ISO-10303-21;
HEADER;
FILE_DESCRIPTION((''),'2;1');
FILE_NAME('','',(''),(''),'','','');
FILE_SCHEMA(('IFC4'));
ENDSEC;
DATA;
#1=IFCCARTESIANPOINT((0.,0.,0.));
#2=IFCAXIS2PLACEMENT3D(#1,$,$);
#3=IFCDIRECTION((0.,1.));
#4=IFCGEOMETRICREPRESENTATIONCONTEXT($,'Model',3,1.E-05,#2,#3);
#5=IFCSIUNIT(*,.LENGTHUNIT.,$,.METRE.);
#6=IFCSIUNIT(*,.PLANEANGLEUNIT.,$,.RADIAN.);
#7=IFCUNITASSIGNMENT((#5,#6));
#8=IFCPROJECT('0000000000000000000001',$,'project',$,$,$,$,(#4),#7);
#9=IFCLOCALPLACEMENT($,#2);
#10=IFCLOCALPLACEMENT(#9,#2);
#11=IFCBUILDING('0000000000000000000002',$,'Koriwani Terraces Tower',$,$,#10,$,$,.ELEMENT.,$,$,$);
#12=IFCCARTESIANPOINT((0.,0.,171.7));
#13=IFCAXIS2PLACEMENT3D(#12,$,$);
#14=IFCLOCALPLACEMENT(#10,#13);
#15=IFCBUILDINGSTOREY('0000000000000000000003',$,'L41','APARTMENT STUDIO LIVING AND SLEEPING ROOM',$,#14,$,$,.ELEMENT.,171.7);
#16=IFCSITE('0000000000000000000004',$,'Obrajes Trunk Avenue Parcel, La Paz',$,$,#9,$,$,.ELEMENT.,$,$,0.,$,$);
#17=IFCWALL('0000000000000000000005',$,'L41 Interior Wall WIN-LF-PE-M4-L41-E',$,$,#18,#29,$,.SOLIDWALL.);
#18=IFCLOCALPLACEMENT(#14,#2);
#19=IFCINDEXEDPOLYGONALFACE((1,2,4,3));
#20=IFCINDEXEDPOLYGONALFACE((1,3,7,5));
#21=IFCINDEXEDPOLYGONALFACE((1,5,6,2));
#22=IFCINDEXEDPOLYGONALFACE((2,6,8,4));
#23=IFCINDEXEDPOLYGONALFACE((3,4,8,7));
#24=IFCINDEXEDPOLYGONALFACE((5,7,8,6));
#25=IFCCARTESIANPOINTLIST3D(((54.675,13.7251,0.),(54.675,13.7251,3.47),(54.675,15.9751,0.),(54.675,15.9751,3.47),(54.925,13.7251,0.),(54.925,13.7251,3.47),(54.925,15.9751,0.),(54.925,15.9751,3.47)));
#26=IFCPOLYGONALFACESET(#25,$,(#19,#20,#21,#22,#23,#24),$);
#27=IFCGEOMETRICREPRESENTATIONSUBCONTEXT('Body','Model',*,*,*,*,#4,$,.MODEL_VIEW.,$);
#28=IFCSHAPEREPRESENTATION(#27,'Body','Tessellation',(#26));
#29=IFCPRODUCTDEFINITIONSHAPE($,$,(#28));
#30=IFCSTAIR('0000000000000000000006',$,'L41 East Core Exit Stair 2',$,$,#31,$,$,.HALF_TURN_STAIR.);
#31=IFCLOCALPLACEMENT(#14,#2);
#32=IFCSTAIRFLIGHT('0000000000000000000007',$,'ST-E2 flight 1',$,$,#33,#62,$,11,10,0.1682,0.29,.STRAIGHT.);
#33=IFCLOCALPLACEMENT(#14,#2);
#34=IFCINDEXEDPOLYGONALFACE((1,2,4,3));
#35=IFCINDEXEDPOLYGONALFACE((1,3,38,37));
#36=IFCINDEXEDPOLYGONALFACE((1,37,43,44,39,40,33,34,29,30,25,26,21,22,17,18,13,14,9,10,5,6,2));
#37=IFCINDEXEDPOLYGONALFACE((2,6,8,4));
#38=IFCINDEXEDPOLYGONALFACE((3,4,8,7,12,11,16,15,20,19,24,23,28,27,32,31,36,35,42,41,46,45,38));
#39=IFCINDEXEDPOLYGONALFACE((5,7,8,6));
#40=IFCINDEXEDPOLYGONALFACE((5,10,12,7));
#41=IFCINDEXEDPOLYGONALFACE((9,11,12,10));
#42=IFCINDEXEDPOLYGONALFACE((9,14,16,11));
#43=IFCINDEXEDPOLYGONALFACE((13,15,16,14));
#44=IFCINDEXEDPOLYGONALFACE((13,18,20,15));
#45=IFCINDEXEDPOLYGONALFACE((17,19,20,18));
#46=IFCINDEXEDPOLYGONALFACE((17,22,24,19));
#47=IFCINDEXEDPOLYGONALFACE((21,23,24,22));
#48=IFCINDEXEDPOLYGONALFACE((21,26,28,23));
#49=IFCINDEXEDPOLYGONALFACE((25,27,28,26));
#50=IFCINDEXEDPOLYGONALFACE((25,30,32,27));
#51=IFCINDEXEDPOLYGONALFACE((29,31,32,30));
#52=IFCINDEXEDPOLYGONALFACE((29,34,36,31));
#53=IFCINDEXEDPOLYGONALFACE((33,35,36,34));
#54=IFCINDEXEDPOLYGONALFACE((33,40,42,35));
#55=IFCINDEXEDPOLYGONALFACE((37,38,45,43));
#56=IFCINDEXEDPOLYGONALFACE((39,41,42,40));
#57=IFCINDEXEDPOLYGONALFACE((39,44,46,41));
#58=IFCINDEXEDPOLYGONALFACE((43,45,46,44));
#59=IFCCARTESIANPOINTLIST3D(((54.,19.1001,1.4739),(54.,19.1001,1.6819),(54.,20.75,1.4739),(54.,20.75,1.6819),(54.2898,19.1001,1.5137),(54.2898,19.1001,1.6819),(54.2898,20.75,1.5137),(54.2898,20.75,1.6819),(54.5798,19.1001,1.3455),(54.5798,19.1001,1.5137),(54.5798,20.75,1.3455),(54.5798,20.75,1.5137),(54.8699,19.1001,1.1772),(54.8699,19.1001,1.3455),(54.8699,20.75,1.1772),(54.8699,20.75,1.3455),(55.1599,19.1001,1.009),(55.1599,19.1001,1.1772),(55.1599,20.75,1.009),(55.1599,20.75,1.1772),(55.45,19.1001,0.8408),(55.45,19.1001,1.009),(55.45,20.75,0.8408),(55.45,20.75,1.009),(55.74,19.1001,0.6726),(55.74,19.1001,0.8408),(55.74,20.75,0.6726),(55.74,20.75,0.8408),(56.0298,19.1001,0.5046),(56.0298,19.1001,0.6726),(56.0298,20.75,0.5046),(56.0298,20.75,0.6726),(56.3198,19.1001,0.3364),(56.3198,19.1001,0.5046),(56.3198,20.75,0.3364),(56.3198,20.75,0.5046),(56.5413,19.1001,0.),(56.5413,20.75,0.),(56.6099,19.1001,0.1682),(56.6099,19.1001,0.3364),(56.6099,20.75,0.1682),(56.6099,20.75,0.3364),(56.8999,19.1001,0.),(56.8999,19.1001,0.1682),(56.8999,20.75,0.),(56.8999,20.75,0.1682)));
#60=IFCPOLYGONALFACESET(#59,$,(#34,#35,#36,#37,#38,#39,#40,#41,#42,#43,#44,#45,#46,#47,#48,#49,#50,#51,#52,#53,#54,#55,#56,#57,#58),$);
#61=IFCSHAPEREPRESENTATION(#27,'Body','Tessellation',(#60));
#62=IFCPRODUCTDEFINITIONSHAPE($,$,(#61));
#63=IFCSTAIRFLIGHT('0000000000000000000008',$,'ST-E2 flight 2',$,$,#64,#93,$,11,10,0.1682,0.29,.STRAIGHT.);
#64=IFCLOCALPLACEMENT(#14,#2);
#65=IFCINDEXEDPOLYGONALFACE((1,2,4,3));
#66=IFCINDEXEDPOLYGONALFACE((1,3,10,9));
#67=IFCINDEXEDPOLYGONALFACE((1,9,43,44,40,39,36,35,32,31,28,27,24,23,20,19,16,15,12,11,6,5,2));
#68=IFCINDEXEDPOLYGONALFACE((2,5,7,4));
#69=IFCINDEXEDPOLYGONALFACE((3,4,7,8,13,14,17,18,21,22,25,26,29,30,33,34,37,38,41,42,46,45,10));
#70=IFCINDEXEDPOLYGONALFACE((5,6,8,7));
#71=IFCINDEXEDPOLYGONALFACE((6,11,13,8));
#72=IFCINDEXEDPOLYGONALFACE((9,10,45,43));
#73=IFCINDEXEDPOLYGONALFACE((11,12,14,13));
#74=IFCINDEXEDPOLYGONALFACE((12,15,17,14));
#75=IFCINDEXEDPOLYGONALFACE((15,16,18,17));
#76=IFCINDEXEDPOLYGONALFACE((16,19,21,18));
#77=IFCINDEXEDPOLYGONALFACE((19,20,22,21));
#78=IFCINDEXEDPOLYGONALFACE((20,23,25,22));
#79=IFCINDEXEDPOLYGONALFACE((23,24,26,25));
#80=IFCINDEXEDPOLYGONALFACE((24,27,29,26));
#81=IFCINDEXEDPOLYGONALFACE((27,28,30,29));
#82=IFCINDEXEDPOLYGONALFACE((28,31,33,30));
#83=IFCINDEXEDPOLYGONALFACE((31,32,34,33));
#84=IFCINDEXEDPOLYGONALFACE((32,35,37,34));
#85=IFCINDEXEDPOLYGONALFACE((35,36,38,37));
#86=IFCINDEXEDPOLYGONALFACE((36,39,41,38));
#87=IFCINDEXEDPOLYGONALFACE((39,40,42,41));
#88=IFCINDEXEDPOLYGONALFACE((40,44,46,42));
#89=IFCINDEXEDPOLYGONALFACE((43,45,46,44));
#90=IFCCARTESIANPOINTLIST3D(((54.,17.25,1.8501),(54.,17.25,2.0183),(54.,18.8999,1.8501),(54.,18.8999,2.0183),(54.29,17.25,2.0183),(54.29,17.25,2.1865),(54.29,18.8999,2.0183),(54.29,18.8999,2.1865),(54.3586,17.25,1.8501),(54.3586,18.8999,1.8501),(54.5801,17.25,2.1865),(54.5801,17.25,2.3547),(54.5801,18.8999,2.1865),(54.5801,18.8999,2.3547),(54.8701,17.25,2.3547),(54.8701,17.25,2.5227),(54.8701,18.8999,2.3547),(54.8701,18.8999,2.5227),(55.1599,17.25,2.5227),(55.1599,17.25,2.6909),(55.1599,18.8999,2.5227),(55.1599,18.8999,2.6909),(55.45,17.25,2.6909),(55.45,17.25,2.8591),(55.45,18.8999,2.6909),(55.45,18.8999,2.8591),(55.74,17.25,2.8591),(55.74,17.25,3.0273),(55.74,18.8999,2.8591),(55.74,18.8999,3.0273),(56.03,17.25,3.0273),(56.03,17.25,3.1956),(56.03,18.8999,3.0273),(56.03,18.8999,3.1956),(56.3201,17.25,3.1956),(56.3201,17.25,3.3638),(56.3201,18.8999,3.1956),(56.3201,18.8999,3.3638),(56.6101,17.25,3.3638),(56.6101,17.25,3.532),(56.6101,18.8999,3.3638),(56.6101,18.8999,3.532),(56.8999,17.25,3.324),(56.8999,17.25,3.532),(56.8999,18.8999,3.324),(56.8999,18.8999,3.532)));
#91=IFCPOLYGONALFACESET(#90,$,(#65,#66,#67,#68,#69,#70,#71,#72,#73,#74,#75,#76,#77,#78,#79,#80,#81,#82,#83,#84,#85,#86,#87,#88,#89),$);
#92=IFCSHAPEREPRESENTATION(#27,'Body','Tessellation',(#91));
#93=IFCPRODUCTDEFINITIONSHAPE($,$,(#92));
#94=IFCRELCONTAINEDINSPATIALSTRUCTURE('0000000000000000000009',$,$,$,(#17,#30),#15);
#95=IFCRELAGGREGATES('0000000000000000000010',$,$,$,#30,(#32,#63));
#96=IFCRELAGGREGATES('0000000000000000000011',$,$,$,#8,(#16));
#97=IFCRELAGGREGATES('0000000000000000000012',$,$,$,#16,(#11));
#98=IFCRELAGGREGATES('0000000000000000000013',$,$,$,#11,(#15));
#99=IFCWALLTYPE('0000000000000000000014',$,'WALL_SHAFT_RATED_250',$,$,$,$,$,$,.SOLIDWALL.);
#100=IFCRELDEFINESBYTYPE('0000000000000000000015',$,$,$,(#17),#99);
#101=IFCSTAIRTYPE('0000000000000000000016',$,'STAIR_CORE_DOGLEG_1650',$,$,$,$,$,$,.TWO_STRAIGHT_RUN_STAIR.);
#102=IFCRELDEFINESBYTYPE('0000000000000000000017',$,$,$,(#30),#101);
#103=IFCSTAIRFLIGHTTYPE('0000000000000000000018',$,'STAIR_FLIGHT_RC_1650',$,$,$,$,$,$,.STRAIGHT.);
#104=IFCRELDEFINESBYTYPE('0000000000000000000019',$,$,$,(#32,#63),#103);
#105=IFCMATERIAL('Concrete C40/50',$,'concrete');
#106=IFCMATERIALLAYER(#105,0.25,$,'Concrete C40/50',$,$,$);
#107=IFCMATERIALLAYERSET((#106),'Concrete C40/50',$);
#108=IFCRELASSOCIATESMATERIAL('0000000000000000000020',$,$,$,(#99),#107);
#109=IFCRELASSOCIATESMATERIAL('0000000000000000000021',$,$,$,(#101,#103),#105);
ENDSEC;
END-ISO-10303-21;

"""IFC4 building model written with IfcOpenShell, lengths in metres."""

from ifc_helpers import new_model, si_unit, direction, frame, frame_2d, origin, place, context, subcontext, project, spatial, polyline, rectangle, outline, extrude, material, layer, layer_set, type_object, element, aggregate, save


model = new_model("IFC4")

# Units and contexts
model_context = context("Model", 3, precision=1e-05, world=origin(), true_north=direction((0.0, 1.0)))
body_context = subcontext(model_context, "Body", "Model", "MODEL_VIEW")
ifc_project = project(units=[si_unit("LENGTHUNIT", "METRE"), si_unit("PLANEANGLEUNIT", "RADIAN")], contexts=[model_context])

# Site, building, storey
site_placement = place(None, origin())
site = spatial("IfcSite", under=ifc_project, at=site_placement, Name="Obrajes Trunk Avenue Parcel, La Paz", CompositionType="ELEMENT", RefElevation=0.0)
building_placement = place(site_placement, origin())
building = spatial("IfcBuilding", under=site, at=building_placement, Name="Koriwani Terraces Tower", CompositionType="ELEMENT")
storey_placement = place(building_placement, frame((0.0, 0.0, 171.7)))
storey = spatial("IfcBuildingStorey", under=building, at=storey_placement, Name="L41", Description="APARTMENT STUDIO LIVING AND SLEEPING ROOM", CompositionType="ELEMENT", Elevation=171.7)

# Shared definitions
ifc_material_1 = material(Name="Concrete C40/50", Category="concrete")

# Shared definitions
ifc_layer = layer(ifc_material_1, 0.25, Name="Concrete C40/50")
ifc_layer_set = layer_set([ifc_layer], Name="Concrete C40/50")
wall_type = type_object("IfcWallType", Name="WALL_SHAFT_RATED_250", PredefinedType="SOLIDWALL", material=ifc_layer_set)

# Wall
for number, where, z_axis, x_axis, name in (
    (1, (54.8, 13.7251, 0.0), (0.0, 0.0, 1.0), (0.0, 1.0, 0.0), "L41 Interior Wall WIN-LF-PE-M4-L41-E"),
):
    element("IfcWall", number, at=place(storey_placement, frame(where, z_axis=z_axis, x_axis=x_axis)), inside=storey, type_object=wall_type, Name=name, PredefinedType="SOLIDWALL", context=body_context, shape_type="SweptSolid", body=[
        extrude(rectangle(XDim=2.25, YDim=0.25, at=frame_2d((1.125, 0.0))), origin(), (0.0, 0.0, 1.0), 3.47),
    ])

# Stair, stair flights
stair_type = type_object("IfcStairType", Name="STAIR_CORE_DOGLEG_1650", PredefinedType="TWO_STRAIGHT_RUN_STAIR", material=ifc_material_1)
stair_placement = place(storey_placement, origin())
stair = element("IfcStair", 2, at=stair_placement, inside=storey, type_object=stair_type, Name="L41 East Core Exit Stair 2", PredefinedType="HALF_TURN_STAIR")
stair_flight_type = type_object("IfcStairFlightType", Name="STAIR_FLIGHT_RC_1650", PredefinedType="STRAIGHT", material=ifc_material_1)
stair_flight_1_placement = place(storey_placement, frame((56.8999, 19.925, 0.0), z_axis=(0.0, 0.0, 1.0), x_axis=(-1.0, 0.0, 0.0)))
stair_flight_1 = element("IfcStairFlight", 3, at=stair_flight_1_placement, type_object=stair_flight_type, Name="ST-E2 flight 1", NumberOfRisers=11, NumberOfTreads=10, PredefinedType="STRAIGHT", RiserHeight=0.1682, TreadLength=0.29, context=body_context, shape_type="SweptSolid", body=[
    extrude(outline(polyline([(0.0, 0.0), (0.0, 0.1682), (0.29, 0.1682), (0.29, 0.3364), (0.5801, 0.3364), (0.5801, 0.5046), (0.8701, 0.5046), (0.8701, 0.6726), (1.1599, 0.6726), (1.1599, 0.8408), (1.45, 0.8408), (1.45, 1.009), (1.74, 1.009), (1.74, 1.1772), (2.03, 1.1772), (2.03, 1.3455), (2.3201, 1.3455), (2.3201, 1.5137), (2.6101, 1.5137), (2.6101, 1.6819), (2.8999, 1.6819), (2.8999, 1.8501), (2.8999, 1.4739), (0.3586, 0.0), (0.0, 0.0)])), frame((0.0, 0.825, 0.0), z_axis=(0.0, -1.0, 0.0), x_axis=(1.0, 0.0, 0.0)), (0.0, 0.0, 1.0), 1.6499),
])
stair_flight_2_placement = place(storey_placement, frame((54.0, 18.075, 1.8501), z_axis=(0.0, 0.0, 1.0), x_axis=(1.0, 0.0, 0.0)))
stair_flight_2 = element("IfcStairFlight", 4, at=stair_flight_2_placement, type_object=stair_flight_type, Name="ST-E2 flight 2", NumberOfRisers=11, NumberOfTreads=10, PredefinedType="STRAIGHT", RiserHeight=0.1682, TreadLength=0.29, context=body_context, shape_type="SweptSolid", body=[
    extrude(outline(polyline([(0.0, 0.0), (0.0, 0.1682), (0.29, 0.1682), (0.29, 0.3364), (0.5801, 0.3364), (0.5801, 0.5046), (0.8701, 0.5046), (0.8701, 0.6726), (1.1599, 0.6726), (1.1599, 0.8408), (1.45, 0.8408), (1.45, 1.009), (1.74, 1.009), (1.74, 1.1772), (2.03, 1.1772), (2.03, 1.3455), (2.3201, 1.3455), (2.3201, 1.5137), (2.6101, 1.5137), (2.6101, 1.6819), (2.8999, 1.6819), (2.8999, 1.8501), (2.8999, 1.4739), (0.3586, 0.0), (0.0, 0.0)])), frame((0.0, 0.825, 0.0), z_axis=(0.0, -1.0, 0.0), x_axis=(1.0, 0.0, 0.0)), (0.0, 0.0, 1.0), 1.6499),
])
aggregate(stair, [stair_flight_1, stair_flight_2])

save(model, "model.ifc")
